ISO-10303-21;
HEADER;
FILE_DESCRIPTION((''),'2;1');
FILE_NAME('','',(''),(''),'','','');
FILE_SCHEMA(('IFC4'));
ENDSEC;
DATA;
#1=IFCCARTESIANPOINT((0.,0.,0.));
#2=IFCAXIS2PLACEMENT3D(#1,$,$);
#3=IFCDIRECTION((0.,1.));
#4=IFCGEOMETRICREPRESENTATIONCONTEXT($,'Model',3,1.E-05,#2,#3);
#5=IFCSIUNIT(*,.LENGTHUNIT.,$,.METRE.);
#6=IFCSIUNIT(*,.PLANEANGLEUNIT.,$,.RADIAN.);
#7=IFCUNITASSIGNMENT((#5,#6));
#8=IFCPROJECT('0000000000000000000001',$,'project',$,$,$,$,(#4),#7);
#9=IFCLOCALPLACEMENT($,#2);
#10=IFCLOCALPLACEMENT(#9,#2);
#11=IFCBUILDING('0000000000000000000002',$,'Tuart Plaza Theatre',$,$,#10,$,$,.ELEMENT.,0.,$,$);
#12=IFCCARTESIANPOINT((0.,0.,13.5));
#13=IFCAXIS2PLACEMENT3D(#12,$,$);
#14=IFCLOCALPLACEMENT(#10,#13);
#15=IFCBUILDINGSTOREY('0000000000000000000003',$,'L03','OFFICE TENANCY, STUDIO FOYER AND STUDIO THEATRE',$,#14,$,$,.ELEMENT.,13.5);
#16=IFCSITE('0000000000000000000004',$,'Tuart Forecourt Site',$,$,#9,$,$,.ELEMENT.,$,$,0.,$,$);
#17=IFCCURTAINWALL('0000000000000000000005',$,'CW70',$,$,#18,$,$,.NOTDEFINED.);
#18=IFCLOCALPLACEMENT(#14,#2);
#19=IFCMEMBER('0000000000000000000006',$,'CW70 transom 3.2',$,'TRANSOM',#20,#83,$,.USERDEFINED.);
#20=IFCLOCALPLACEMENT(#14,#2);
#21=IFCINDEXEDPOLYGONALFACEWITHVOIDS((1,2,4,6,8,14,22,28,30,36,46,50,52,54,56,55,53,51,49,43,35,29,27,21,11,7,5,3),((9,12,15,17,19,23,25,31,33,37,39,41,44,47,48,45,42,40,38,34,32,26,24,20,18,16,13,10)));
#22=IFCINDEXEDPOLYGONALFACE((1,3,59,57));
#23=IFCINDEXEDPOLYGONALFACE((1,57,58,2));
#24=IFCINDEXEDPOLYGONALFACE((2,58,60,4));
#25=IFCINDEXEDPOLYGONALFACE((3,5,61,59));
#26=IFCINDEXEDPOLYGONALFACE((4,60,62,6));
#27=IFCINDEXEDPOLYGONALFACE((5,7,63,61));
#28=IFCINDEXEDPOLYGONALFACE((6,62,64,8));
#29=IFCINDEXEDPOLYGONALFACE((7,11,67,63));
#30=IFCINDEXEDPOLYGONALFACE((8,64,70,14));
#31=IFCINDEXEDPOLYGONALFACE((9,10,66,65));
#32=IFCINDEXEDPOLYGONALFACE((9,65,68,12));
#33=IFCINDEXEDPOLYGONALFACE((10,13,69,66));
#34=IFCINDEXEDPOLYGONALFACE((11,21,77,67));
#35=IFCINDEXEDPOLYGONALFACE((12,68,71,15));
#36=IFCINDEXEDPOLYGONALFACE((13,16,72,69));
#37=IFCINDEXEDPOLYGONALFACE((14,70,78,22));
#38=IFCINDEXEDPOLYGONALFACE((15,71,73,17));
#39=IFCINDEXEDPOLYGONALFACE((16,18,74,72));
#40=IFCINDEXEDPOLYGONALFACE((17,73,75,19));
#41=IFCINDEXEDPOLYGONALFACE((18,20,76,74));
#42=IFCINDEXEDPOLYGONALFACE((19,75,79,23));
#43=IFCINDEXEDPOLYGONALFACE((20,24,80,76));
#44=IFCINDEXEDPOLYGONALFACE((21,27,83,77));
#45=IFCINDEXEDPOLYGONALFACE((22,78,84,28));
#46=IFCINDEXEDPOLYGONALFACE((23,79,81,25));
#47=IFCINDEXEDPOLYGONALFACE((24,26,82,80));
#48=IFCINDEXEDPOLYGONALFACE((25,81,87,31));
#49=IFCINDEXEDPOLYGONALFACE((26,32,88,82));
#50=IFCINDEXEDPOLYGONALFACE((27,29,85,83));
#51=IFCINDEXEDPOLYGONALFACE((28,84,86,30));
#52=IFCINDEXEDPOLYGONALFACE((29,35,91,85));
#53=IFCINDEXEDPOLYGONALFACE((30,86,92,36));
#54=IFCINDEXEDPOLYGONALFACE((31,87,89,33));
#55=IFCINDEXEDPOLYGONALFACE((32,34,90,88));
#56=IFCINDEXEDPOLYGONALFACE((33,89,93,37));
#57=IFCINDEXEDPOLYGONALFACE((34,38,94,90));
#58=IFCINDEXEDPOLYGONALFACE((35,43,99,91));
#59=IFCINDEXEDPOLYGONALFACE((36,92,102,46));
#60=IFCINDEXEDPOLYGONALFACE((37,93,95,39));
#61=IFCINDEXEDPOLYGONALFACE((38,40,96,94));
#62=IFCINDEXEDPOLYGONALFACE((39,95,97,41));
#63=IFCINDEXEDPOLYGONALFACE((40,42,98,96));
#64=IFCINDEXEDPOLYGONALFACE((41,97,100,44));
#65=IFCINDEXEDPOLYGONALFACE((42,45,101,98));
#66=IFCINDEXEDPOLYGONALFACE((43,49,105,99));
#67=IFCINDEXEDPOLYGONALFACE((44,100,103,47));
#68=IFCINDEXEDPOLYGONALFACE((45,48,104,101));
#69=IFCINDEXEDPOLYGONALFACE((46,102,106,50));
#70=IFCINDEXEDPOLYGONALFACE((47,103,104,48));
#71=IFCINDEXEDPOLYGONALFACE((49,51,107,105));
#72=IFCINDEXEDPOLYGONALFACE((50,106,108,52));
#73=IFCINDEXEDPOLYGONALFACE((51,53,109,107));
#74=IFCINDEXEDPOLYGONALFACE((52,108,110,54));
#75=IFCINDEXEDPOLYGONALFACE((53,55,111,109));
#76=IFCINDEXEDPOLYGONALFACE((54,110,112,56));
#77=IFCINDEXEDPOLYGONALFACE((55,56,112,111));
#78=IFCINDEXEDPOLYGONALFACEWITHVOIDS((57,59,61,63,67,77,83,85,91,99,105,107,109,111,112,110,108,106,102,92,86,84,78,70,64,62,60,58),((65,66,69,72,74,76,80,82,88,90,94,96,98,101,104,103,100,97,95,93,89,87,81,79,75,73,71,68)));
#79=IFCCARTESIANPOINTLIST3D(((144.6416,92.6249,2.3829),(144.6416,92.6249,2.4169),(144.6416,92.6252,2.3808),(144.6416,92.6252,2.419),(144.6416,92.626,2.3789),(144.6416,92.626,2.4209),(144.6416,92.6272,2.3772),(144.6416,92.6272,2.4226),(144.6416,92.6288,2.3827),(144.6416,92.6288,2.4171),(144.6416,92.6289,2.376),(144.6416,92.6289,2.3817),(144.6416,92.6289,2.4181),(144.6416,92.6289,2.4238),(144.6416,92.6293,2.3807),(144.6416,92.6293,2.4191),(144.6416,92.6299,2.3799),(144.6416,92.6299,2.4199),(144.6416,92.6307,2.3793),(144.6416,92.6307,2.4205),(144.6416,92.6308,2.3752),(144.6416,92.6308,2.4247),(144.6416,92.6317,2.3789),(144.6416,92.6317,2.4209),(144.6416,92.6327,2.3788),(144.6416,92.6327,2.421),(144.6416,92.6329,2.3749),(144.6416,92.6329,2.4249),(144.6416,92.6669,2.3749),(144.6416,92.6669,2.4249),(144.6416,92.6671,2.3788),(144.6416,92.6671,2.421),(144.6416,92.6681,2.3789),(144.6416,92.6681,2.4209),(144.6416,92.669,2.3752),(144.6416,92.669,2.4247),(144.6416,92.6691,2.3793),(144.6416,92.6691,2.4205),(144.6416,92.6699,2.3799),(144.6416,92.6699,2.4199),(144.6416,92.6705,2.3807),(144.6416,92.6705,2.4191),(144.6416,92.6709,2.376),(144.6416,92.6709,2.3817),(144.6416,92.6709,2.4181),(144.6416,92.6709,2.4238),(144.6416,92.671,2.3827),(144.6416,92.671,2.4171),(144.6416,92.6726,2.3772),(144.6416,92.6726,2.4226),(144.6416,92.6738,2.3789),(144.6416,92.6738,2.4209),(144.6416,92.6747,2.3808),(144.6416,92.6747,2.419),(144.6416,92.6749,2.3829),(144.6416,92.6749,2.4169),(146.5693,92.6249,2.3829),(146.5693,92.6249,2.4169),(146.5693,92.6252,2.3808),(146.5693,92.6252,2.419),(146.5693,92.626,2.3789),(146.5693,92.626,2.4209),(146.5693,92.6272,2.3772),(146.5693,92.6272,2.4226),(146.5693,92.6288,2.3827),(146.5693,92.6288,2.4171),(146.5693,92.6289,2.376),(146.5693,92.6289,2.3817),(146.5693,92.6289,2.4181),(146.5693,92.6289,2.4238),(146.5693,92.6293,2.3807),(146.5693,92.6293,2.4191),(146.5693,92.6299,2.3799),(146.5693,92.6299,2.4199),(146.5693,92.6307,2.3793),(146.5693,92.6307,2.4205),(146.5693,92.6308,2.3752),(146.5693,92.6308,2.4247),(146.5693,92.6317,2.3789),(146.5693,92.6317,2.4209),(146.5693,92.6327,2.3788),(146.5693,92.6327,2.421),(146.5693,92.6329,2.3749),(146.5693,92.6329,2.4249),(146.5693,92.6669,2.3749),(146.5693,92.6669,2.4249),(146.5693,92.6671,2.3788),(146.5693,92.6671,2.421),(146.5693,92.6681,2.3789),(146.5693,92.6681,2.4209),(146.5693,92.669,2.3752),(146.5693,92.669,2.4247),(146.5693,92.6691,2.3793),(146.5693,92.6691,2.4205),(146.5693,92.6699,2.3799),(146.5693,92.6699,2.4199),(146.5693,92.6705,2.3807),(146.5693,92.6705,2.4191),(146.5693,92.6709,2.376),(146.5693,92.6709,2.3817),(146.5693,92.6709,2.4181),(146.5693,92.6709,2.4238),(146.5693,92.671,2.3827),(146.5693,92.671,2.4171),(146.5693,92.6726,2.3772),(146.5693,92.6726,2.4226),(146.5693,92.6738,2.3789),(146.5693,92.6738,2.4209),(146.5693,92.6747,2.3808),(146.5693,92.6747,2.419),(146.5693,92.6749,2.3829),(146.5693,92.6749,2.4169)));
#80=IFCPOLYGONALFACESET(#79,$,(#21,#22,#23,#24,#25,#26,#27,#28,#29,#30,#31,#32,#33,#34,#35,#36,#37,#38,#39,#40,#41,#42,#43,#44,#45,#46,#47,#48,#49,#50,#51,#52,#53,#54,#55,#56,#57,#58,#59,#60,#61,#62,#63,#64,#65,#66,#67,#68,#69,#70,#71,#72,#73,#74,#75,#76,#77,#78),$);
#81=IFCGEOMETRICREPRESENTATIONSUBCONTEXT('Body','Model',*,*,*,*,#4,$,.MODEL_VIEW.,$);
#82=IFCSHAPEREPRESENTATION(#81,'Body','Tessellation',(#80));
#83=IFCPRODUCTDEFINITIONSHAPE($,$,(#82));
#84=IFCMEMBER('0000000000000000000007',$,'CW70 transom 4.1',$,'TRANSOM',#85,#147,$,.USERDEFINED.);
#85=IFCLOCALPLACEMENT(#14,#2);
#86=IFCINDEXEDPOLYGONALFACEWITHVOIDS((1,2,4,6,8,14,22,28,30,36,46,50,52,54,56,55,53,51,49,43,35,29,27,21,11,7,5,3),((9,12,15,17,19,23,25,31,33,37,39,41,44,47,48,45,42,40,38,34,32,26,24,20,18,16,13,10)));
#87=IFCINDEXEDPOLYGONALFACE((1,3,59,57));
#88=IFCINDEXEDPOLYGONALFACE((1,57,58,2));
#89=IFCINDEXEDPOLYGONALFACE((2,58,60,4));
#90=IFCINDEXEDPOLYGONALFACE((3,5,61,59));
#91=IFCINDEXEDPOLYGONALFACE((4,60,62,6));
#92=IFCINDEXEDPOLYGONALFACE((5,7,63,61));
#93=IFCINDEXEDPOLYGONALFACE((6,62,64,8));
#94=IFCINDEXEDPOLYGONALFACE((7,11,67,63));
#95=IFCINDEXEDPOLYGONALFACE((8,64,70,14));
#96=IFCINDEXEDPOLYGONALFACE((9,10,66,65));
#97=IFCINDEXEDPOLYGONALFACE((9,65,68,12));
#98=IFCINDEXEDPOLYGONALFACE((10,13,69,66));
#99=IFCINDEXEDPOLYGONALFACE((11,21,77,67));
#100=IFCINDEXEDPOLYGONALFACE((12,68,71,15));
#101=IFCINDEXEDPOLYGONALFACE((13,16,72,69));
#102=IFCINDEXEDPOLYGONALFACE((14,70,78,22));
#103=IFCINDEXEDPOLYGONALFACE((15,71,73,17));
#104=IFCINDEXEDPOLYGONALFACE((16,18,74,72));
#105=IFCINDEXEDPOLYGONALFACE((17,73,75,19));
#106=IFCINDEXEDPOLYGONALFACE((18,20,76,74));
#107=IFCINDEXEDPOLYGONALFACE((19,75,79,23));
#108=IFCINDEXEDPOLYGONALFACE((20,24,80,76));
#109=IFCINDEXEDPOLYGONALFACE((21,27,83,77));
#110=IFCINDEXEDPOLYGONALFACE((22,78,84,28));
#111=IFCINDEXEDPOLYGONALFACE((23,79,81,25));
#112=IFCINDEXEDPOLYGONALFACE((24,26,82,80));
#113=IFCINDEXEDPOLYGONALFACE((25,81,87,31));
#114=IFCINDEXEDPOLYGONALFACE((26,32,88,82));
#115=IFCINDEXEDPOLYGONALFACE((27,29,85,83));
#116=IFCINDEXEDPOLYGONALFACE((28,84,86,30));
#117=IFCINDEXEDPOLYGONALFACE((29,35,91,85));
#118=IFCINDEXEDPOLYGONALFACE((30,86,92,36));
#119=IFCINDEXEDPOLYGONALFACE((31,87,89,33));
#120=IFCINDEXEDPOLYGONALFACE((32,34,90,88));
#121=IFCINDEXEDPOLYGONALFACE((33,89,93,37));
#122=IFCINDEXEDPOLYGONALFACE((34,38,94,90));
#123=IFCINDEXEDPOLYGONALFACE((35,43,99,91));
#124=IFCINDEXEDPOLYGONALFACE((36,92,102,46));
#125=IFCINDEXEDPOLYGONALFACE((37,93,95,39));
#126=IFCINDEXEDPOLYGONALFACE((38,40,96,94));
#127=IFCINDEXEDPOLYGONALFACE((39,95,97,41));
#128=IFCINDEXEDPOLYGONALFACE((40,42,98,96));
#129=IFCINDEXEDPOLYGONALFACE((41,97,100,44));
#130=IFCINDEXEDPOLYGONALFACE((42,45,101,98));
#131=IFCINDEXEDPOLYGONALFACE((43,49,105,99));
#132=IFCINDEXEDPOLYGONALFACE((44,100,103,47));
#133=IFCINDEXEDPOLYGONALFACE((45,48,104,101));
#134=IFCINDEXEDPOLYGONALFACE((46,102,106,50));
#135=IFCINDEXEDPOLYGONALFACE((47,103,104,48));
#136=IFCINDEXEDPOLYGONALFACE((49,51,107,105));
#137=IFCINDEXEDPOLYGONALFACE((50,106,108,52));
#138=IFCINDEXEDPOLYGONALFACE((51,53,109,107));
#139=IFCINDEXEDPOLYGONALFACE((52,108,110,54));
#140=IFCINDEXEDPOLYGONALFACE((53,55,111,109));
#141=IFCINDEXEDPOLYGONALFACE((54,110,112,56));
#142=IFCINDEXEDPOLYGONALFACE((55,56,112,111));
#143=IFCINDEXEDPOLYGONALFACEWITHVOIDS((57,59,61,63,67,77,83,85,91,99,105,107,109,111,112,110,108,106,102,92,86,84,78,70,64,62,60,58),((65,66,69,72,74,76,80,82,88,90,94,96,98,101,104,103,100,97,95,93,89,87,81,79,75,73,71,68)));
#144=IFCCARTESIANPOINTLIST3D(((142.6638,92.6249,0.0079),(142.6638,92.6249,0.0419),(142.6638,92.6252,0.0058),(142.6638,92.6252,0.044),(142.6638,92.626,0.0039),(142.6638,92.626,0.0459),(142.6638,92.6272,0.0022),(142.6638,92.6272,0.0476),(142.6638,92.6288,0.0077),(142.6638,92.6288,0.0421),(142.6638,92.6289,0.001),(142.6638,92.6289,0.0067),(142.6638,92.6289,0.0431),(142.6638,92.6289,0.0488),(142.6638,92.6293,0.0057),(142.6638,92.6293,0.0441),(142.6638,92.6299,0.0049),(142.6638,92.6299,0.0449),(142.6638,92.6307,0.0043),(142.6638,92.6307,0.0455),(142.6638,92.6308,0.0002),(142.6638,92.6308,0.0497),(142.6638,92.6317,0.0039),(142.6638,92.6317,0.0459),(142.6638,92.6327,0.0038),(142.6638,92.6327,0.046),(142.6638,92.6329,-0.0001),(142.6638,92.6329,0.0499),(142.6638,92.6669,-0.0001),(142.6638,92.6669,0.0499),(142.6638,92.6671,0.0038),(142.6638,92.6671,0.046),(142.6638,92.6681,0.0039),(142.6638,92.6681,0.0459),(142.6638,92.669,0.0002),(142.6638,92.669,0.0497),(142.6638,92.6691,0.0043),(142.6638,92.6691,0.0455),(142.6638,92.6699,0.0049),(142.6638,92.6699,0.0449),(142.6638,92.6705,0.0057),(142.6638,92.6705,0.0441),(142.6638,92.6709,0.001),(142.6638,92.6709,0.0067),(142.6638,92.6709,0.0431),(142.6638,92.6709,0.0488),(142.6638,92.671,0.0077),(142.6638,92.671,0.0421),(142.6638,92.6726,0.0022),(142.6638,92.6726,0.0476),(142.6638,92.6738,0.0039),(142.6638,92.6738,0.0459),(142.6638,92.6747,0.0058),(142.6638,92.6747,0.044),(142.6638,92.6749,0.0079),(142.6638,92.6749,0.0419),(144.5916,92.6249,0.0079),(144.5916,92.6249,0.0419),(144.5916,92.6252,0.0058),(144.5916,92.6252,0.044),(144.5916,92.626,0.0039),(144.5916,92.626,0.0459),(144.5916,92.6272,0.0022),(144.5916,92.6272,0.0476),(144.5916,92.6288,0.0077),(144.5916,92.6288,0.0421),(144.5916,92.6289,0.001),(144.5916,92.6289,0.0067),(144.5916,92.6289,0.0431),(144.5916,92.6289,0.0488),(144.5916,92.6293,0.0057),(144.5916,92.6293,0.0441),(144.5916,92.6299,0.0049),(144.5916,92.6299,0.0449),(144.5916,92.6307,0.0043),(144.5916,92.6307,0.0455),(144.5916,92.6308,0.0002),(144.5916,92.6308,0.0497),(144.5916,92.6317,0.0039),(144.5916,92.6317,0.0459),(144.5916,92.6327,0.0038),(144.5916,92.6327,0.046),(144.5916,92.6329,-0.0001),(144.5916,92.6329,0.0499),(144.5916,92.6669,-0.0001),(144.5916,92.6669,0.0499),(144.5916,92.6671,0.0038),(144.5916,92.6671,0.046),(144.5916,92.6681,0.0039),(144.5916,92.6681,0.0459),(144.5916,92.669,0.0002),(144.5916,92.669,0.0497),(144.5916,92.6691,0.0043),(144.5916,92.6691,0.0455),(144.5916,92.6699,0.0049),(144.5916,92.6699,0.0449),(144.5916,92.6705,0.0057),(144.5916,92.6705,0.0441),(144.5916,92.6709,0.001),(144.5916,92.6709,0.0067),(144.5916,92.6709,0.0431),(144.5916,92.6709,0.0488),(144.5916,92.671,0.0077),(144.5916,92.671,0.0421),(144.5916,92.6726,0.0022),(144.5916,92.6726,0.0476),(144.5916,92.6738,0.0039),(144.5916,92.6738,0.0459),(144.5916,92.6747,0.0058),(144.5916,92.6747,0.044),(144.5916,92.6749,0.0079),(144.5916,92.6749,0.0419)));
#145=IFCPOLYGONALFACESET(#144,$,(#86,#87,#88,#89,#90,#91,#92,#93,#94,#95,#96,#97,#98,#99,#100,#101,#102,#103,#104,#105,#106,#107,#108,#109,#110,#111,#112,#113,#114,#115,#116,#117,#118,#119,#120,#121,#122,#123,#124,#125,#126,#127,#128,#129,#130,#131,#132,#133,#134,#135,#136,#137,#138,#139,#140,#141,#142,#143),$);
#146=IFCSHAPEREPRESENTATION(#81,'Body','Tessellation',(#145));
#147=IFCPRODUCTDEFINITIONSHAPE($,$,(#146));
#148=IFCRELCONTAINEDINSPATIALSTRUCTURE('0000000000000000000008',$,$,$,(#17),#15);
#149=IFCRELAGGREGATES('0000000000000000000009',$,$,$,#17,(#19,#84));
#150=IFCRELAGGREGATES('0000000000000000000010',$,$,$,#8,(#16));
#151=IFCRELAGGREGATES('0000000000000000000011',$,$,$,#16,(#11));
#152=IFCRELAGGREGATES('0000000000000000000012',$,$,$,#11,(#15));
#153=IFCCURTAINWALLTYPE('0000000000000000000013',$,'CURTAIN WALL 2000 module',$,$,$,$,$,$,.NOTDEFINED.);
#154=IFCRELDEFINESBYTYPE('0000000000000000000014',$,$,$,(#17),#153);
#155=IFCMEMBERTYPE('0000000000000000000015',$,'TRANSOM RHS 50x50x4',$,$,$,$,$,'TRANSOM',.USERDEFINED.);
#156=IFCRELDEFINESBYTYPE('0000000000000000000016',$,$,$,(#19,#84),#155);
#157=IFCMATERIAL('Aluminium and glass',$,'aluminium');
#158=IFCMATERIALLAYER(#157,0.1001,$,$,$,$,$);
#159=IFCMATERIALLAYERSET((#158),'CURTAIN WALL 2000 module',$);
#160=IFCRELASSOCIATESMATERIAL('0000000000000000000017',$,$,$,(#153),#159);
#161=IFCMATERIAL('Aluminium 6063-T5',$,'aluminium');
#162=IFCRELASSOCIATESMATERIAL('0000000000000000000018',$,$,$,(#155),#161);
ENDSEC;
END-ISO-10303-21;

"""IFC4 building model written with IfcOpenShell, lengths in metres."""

from ifc_helpers import new_model, si_unit, direction, frame, origin, origin_2d, place, context, subcontext, project, spatial, hollow_rectangle, extrude, material, layer, layer_set, material_profile, profile_set, type_object, element, aggregate, save


model = new_model("IFC4")

# Units and contexts
model_context = context("Model", 3, precision=1e-05, world=origin(), true_north=direction((0.0, 1.0)))
body_context = subcontext(model_context, "Body", "Model", "MODEL_VIEW")
ifc_project = project(units=[si_unit("LENGTHUNIT", "METRE"), si_unit("PLANEANGLEUNIT", "RADIAN")], contexts=[model_context])

# Site, building, storey
site_placement = place(None, origin())
site = spatial("IfcSite", under=ifc_project, at=site_placement, Name="Tuart Forecourt Site", CompositionType="ELEMENT", RefElevation=0.0)
building_placement = place(site_placement, origin())
building = spatial("IfcBuilding", under=site, at=building_placement, Name="Tuart Plaza Theatre", CompositionType="ELEMENT", ElevationOfRefHeight=0.0)
storey_placement = place(building_placement, frame((0.0, 0.0, 13.5)))
storey = spatial("IfcBuildingStorey", under=building, at=storey_placement, Name="L03", Description="OFFICE TENANCY, STUDIO FOYER AND STUDIO THEATRE", CompositionType="ELEMENT", Elevation=13.5)

# Curtain wall, members
ifc_material_1 = material(Name="Aluminium and glass", Category="aluminium")
ifc_layer_1 = layer(ifc_material_1, 0.1001)
ifc_layer_set_1 = layer_set([ifc_layer_1], Name="CURTAIN WALL 2000 module")
curtain_wall_type = type_object("IfcCurtainWallType", Name="CURTAIN WALL 2000 module", PredefinedType="NOTDEFINED", material=ifc_layer_set_1)
curtain_wall_placement = place(storey_placement, origin())
curtain_wall = element("IfcCurtainWall", 1, at=curtain_wall_placement, inside=storey, type_object=curtain_wall_type, Name="CW70", PredefinedType="NOTDEFINED")
ifc_material_2 = material(Name="Aluminium 6063-T5", Category="aluminium")
ifc_material_profile_1 = material_profile(ifc_material_2, hollow_rectangle(XDim=0.05, YDim=0.05, WallThickness=0.0039, InnerFilletRadius=0.0039, OuterFilletRadius=0.0081, at=origin_2d()), Name="RHS 50x50x4")
ifc_profile_set_1 = profile_set([ifc_material_profile_1], Name="Aluminium 6063-T5")
member_type_1 = type_object("IfcMemberType", Name="TRANSOM RHS 50x50x4", ElementType="TRANSOM", PredefinedType="USERDEFINED", material=ifc_profile_set_1)
member_1_placement = place(storey_placement, frame((146.5693, 92.6499, 2.3999), z_axis=(-1.0, 0.0, 0.0), x_axis=(0.0, -1.0, 0.0)))
member_1 = element("IfcMember", 2, at=member_1_placement, type_object=member_type_1, Name="CW70 transom 3.2", ObjectType="TRANSOM", PredefinedType="USERDEFINED", context=body_context, shape_type="SweptSolid", body=[
    extrude(hollow_rectangle(XDim=0.05, YDim=0.05, WallThickness=0.0039, InnerFilletRadius=0.0039, OuterFilletRadius=0.0081, at=origin_2d()), origin(), (0.0, 0.0, 1.0), 1.9277),
])
member_2_placement = place(storey_placement, frame((144.5916, 92.6499, 0.0249), z_axis=(-1.0, 0.0, 0.0), x_axis=(0.0, -1.0, 0.0)))
member_2 = element("IfcMember", 3, at=member_2_placement, type_object=member_type_1, Name="CW70 transom 4.1", ObjectType="TRANSOM", PredefinedType="USERDEFINED", context=body_context, shape_type="SweptSolid", body=[
    extrude(hollow_rectangle(XDim=0.05, YDim=0.05, WallThickness=0.0039, InnerFilletRadius=0.0039, OuterFilletRadius=0.0081, at=origin_2d()), origin(), (0.0, 0.0, 1.0), 1.9277),
])
aggregate(curtain_wall, [member_1, member_2])

save(model, "model.ifc")
